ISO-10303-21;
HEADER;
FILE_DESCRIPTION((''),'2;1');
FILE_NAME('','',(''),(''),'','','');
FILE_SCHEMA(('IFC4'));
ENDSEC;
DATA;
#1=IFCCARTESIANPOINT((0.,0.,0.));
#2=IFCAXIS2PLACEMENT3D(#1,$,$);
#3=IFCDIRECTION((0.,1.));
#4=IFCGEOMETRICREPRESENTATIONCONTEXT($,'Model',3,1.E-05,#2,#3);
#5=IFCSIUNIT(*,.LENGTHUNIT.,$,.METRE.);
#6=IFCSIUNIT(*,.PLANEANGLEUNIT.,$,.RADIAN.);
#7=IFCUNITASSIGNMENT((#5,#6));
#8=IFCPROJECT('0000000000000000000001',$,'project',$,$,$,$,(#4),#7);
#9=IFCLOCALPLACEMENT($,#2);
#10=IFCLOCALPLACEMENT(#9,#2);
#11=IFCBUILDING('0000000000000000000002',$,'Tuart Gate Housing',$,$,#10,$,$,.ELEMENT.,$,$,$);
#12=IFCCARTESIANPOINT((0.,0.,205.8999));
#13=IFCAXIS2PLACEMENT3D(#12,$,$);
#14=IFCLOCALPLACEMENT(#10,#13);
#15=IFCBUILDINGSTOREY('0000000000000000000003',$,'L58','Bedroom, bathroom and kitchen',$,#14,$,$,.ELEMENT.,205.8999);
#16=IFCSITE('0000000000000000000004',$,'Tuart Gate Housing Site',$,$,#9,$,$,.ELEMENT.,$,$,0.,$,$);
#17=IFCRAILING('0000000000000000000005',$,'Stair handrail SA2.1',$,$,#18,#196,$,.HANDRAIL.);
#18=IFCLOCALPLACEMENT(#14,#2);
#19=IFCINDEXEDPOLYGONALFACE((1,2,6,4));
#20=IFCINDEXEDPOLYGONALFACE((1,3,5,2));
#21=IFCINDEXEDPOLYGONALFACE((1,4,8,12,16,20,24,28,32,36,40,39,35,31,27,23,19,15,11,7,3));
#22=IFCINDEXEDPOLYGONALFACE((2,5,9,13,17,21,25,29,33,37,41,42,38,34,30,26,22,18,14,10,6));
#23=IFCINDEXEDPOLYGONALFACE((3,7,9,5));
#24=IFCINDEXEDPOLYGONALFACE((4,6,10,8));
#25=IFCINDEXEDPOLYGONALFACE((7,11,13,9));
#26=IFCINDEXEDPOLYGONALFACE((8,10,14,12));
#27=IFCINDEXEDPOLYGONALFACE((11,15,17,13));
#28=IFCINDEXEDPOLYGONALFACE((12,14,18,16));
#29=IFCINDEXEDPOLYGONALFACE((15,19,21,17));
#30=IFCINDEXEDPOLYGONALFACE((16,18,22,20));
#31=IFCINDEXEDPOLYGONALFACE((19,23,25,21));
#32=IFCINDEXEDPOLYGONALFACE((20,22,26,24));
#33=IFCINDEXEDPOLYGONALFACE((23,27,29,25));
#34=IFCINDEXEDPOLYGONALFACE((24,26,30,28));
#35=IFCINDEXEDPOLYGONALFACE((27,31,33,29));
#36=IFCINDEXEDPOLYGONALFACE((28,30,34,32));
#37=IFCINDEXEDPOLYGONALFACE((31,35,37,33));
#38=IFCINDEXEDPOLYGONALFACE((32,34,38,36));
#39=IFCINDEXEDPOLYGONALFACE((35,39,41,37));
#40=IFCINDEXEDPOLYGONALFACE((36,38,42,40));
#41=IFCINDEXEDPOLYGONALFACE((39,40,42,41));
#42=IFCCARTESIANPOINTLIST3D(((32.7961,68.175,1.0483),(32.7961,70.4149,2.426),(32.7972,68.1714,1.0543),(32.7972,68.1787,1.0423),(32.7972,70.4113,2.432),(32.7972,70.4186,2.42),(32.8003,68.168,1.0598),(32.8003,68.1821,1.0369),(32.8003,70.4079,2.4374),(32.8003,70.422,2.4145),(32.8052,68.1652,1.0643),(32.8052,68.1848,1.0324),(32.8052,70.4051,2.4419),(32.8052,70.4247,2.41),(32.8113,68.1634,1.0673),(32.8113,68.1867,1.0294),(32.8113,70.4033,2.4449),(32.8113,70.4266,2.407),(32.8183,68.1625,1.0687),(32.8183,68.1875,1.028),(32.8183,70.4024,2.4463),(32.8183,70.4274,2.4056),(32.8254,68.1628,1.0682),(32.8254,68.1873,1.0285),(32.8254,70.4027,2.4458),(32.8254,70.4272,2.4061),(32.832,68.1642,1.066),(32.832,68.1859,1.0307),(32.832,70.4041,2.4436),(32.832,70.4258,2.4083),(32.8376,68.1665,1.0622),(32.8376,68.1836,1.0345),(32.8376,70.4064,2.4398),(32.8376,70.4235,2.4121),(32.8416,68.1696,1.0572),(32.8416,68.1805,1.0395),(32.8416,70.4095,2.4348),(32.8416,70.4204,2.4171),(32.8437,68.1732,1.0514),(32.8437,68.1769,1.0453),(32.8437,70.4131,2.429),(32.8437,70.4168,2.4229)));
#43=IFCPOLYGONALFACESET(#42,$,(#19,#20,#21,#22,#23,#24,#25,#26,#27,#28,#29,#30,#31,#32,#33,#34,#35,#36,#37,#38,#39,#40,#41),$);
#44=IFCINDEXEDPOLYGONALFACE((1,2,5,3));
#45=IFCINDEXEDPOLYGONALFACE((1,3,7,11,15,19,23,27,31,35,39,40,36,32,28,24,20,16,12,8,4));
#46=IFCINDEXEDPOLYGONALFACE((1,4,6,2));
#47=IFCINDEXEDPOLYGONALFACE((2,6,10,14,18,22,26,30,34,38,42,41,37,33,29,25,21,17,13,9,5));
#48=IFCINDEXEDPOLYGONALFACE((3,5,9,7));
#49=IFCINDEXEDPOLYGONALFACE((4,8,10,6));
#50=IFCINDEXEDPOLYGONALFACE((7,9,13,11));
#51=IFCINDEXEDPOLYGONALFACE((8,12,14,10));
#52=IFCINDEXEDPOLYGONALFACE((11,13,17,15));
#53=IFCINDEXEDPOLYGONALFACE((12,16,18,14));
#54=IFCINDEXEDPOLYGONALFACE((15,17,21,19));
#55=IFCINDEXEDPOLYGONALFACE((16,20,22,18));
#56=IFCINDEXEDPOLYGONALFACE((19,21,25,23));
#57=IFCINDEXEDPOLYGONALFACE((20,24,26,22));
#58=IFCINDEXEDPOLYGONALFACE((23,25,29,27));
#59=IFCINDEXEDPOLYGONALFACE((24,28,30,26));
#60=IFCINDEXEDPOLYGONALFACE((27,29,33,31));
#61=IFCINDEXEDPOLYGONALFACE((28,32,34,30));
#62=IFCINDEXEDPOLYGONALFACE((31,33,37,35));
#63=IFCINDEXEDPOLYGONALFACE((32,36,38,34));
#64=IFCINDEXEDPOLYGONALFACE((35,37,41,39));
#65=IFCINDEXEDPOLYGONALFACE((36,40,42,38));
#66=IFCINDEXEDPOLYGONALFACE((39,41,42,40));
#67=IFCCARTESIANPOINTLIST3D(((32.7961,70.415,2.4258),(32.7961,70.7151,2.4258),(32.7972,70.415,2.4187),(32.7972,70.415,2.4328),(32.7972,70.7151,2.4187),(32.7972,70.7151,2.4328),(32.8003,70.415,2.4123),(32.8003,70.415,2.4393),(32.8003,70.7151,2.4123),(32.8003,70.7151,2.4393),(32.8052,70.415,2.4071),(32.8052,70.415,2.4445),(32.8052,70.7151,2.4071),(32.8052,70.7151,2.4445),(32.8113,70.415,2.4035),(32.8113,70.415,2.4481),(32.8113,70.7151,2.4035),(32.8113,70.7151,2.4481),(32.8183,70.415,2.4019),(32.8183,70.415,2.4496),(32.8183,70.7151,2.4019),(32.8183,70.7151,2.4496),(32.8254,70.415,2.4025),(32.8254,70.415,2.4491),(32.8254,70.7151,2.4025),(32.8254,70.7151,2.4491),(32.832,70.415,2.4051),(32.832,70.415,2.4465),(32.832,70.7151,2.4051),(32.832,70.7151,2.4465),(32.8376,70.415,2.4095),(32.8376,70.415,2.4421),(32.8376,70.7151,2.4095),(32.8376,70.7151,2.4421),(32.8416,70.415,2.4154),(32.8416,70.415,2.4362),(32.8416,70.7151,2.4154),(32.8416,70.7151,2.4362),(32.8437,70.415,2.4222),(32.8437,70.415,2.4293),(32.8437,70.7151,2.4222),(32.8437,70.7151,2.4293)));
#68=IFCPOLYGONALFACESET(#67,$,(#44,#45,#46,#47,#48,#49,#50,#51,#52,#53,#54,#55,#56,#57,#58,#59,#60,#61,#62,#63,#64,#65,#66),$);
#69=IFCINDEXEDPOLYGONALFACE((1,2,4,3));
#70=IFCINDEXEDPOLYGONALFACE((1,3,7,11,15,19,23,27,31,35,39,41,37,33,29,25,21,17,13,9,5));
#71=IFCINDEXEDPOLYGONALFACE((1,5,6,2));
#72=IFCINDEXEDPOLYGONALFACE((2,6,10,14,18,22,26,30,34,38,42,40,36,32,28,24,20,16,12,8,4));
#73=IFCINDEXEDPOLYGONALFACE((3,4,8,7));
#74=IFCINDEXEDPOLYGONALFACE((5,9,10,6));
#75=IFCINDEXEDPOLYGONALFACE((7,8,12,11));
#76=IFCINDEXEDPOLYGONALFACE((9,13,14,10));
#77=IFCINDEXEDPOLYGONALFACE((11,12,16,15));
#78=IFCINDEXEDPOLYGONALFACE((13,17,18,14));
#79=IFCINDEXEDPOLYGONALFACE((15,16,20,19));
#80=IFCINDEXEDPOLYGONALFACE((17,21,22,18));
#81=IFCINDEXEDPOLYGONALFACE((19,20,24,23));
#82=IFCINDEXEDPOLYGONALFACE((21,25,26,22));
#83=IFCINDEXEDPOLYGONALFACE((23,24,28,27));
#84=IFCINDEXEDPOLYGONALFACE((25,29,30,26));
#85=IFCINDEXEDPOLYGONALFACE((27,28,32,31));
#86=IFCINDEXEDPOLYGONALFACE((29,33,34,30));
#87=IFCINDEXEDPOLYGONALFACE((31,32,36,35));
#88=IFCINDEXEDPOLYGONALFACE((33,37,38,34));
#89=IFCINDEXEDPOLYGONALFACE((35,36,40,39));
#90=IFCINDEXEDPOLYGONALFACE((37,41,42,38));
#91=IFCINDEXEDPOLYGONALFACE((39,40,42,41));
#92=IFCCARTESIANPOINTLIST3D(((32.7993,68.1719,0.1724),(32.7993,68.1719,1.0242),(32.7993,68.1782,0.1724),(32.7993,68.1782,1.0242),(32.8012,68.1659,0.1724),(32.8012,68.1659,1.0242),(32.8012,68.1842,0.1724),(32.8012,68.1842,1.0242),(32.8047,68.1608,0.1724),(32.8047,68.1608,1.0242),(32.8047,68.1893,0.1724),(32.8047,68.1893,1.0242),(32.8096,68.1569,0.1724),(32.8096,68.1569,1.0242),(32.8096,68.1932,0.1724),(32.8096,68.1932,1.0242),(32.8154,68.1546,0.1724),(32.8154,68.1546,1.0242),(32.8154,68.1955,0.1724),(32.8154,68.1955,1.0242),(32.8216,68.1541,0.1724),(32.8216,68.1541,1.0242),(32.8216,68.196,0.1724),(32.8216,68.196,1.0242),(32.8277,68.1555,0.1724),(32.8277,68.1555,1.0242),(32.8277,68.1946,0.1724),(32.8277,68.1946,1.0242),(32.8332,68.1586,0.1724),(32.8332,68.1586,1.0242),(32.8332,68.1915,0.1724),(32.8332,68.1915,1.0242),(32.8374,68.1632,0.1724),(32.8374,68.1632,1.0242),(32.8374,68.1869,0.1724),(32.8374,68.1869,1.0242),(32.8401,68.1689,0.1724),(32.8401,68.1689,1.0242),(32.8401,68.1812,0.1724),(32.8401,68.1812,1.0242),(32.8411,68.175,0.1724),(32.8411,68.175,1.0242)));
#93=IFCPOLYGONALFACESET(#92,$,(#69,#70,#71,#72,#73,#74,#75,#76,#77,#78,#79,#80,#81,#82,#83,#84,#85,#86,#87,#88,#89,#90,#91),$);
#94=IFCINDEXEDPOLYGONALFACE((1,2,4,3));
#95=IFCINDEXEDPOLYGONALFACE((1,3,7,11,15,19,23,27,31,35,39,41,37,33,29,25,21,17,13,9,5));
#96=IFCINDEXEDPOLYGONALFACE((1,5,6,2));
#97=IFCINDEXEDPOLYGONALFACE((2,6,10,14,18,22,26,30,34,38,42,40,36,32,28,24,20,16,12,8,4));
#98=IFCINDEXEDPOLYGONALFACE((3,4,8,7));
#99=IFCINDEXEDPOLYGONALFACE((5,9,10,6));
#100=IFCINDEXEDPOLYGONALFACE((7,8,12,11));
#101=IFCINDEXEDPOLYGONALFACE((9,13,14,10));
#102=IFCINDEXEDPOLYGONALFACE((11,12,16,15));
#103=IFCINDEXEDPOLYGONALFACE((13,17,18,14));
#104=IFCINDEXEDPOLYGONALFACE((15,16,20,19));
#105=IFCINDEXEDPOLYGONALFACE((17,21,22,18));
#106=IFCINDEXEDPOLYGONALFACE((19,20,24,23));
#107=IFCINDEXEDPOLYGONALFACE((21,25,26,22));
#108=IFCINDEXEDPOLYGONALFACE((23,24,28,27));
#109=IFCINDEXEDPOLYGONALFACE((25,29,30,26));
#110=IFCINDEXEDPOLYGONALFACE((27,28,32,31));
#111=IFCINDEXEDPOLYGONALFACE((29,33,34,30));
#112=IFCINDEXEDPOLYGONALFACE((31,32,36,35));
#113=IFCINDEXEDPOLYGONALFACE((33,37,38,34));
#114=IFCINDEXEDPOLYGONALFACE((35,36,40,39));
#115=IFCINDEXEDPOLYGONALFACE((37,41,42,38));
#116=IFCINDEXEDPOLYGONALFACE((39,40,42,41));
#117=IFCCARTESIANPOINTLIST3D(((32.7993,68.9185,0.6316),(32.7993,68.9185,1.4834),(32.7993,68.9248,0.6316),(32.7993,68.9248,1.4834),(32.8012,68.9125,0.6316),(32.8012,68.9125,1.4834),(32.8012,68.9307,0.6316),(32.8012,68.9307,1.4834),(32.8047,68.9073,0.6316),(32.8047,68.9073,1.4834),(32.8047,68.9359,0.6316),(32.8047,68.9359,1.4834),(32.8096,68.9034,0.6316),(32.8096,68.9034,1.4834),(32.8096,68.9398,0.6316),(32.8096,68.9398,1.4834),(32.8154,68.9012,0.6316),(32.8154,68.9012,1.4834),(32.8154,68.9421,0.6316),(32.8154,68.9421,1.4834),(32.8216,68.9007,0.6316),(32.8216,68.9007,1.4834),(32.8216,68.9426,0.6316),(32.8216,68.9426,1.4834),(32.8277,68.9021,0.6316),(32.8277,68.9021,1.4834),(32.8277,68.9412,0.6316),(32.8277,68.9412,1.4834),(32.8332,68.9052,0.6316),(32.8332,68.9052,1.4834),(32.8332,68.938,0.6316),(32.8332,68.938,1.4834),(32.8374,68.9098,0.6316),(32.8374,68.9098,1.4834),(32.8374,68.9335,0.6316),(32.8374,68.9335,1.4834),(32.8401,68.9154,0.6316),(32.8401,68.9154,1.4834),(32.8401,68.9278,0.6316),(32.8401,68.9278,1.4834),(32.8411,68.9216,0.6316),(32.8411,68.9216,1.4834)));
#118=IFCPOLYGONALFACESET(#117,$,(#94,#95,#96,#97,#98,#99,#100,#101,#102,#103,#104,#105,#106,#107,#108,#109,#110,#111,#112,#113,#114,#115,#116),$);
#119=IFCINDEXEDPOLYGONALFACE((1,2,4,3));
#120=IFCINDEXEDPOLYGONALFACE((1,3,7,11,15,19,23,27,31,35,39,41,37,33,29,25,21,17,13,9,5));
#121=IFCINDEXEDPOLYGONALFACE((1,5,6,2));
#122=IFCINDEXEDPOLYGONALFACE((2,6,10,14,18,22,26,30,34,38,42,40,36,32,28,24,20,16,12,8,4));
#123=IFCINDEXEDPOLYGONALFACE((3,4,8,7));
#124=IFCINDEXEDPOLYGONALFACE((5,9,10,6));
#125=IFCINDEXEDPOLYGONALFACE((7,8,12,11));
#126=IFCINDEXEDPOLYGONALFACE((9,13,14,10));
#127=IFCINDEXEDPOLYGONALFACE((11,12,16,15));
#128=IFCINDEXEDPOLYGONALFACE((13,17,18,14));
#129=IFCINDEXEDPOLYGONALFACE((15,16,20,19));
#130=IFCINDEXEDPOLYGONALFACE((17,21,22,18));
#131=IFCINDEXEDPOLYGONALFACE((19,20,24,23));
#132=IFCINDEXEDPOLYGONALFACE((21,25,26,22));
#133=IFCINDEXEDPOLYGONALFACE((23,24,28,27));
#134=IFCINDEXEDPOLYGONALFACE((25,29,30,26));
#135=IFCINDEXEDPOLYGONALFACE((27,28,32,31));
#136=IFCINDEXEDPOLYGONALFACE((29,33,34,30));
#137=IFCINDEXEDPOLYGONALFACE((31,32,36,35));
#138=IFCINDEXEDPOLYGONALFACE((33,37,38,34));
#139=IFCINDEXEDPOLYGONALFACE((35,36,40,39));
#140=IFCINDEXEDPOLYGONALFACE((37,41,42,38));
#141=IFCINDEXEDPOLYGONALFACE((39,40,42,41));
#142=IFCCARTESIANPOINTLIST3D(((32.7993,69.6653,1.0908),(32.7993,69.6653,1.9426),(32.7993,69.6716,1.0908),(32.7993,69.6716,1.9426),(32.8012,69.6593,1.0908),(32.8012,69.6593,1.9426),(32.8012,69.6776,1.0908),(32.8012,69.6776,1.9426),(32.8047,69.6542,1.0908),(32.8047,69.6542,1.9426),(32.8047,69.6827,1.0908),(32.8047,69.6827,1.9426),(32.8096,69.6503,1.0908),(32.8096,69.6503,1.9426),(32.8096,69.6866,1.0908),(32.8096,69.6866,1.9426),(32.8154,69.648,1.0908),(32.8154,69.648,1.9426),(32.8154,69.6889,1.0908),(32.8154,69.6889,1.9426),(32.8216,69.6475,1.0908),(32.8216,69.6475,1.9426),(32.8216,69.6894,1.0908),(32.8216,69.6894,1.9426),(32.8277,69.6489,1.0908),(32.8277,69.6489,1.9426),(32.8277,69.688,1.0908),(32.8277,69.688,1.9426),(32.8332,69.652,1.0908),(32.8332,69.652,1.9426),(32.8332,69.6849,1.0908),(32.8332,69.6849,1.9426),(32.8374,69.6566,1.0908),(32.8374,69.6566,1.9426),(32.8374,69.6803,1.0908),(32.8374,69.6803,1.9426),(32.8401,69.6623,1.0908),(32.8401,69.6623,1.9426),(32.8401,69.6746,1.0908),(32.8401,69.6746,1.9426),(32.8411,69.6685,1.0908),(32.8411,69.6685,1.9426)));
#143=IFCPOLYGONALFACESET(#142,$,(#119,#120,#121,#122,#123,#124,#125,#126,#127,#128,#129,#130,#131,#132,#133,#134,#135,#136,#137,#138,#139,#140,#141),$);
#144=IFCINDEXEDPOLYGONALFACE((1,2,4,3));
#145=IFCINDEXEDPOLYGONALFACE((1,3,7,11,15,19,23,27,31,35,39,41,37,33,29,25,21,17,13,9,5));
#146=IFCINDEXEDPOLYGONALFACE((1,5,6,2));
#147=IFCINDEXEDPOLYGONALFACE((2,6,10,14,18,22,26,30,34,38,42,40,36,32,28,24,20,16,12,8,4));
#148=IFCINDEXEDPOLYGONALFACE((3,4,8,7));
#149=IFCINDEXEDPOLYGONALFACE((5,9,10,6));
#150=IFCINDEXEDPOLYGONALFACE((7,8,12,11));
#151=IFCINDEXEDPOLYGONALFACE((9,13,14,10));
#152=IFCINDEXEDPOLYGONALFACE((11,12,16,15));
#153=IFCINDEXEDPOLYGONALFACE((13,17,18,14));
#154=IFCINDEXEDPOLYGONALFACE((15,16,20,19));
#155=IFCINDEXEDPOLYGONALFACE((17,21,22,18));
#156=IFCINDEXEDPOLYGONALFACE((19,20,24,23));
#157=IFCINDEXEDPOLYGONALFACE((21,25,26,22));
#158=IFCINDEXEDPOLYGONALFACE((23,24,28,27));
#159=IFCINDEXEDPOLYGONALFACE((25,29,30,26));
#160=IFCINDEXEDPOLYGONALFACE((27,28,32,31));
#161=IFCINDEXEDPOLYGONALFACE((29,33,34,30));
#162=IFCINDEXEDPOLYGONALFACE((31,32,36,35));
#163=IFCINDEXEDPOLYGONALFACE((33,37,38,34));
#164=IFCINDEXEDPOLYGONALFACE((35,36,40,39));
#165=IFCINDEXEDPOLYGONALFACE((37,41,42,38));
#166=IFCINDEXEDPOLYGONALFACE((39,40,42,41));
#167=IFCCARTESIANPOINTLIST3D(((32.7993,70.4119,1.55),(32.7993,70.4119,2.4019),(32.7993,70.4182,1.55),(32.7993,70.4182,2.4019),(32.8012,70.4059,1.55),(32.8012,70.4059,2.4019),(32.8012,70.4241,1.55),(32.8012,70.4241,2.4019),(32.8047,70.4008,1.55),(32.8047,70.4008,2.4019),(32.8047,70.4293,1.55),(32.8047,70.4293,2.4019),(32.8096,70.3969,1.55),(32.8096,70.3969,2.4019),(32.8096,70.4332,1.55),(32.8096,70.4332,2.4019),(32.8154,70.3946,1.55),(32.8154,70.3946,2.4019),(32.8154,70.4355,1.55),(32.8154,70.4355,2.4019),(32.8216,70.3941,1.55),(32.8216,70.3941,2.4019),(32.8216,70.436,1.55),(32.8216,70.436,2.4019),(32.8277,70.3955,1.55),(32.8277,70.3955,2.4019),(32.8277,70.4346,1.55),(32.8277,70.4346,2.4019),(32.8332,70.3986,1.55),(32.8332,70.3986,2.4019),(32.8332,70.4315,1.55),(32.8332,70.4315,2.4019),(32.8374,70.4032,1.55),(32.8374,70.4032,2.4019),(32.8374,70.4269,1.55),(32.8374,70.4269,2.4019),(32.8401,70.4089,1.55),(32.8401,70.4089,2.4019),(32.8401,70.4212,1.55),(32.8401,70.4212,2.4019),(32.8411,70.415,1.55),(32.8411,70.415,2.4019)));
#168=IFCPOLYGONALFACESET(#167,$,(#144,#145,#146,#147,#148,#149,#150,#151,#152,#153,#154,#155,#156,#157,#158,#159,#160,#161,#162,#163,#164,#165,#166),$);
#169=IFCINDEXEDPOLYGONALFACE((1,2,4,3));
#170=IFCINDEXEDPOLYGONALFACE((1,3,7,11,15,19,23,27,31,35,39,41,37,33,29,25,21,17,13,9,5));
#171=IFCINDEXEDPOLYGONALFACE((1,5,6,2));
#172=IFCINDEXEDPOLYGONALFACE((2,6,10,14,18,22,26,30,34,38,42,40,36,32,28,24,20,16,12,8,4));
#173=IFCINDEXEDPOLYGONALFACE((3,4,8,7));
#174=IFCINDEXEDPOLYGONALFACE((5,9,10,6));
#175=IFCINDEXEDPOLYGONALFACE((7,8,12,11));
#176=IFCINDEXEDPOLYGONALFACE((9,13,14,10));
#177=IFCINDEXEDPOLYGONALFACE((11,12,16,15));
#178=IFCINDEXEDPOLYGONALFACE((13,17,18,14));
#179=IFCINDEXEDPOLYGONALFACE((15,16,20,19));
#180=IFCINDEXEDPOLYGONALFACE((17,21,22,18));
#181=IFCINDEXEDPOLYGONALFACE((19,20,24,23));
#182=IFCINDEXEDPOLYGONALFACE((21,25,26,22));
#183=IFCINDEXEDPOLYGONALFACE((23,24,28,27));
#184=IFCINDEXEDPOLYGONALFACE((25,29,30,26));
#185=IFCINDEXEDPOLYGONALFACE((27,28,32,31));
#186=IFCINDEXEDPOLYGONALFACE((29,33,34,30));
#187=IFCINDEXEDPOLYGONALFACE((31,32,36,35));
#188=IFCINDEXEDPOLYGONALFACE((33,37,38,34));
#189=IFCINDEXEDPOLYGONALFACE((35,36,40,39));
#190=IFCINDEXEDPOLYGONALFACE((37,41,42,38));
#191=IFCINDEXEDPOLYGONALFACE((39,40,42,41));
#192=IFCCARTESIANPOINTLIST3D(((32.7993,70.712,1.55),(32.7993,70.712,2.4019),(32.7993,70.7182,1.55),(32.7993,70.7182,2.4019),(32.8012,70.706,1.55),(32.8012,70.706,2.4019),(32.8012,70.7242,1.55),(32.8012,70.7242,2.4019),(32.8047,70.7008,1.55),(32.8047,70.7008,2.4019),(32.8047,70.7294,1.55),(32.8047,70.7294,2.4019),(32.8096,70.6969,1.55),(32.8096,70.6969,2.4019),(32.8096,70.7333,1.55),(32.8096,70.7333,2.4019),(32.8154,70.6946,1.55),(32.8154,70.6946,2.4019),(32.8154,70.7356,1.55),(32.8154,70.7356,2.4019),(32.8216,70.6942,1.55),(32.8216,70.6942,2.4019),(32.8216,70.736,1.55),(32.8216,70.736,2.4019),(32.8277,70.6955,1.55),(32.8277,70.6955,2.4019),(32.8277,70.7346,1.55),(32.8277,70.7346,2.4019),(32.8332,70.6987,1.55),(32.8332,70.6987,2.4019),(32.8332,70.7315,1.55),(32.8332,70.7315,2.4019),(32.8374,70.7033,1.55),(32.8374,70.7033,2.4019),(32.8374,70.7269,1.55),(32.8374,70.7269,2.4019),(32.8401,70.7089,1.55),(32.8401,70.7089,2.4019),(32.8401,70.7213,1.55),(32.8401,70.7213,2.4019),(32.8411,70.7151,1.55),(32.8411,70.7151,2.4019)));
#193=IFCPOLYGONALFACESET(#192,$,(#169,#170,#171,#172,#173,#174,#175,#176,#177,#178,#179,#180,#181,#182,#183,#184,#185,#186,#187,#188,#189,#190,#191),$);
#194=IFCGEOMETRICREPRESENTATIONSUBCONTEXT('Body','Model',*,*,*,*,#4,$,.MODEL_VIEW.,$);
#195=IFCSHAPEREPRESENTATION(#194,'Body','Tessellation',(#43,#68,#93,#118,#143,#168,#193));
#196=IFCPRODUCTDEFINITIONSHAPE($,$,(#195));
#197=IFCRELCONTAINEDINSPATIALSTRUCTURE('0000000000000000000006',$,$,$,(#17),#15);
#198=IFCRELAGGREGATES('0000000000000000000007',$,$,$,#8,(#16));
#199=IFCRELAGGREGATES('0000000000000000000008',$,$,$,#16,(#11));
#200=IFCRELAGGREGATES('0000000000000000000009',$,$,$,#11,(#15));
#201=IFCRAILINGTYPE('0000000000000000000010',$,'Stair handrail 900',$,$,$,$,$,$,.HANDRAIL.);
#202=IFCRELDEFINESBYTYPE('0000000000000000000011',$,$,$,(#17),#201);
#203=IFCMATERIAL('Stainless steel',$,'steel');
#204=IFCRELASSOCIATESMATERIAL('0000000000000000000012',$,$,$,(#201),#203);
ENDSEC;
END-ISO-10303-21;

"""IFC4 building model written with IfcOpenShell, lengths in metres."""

from ifc_helpers import new_model, si_unit, direction, frame, origin, origin_2d, place, context, subcontext, project, spatial, circle, extrude, material, type_object, element, save


model = new_model("IFC4")

# Units and contexts
model_context = context("Model", 3, precision=1e-05, world=origin(), true_north=direction((0.0, 1.0)))
body_context = subcontext(model_context, "Body", "Model", "MODEL_VIEW")
ifc_project = project(units=[si_unit("LENGTHUNIT", "METRE"), si_unit("PLANEANGLEUNIT", "RADIAN")], contexts=[model_context])

# Site, building, storey
site_placement = place(None, origin())
site = spatial("IfcSite", under=ifc_project, at=site_placement, Name="Tuart Gate Housing Site", CompositionType="ELEMENT", RefElevation=0.0)
building_placement = place(site_placement, origin())
building = spatial("IfcBuilding", under=site, at=building_placement, Name="Tuart Gate Housing", CompositionType="ELEMENT")
storey_placement = place(building_placement, frame((0.0, 0.0, 205.8999)))
storey = spatial("IfcBuildingStorey", under=building, at=storey_placement, Name="L58", Description="Bedroom, bathroom and kitchen", CompositionType="ELEMENT", Elevation=205.8999)

# Railing
ifc_material_1 = material(Name="Stainless steel", Category="steel")
railing_type = type_object("IfcRailingType", Name="Stair handrail 900", PredefinedType="HANDRAIL", material=ifc_material_1)
railing_placement = place(storey_placement, frame((32.8201, 68.175, 0.1724)))
element("IfcRailing", 1, at=railing_placement, inside=storey, type_object=railing_type, Name="Stair handrail SA2.1", PredefinedType="HANDRAIL", context=body_context, shape_type="SweptSolid", body=[
    extrude(circle(Radius=0.0239, at=origin_2d()), frame((0.0, 0.0, 0.876), z_axis=(0.0, 0.851789, 0.523885), x_axis=(-1.0, 0.0, 0.0)), (0.0, 0.0, 1.0), 2.6296),
    extrude(circle(Radius=0.0239, at=origin_2d()), frame((0.0, 2.24, 2.2534), z_axis=(0.0, 1.0, 0.0), x_axis=(-1.0, 0.0, 0.0)), (0.0, 0.0, 1.0), 0.3),
    extrude(circle(Radius=0.021, at=origin_2d()), origin(), (0.0, 0.0, 1.0), 0.8518),
    extrude(circle(Radius=0.021, at=origin_2d()), frame((0.0, 0.7466, 0.4592)), (0.0, 0.0, 1.0), 0.8518),
    extrude(circle(Radius=0.021, at=origin_2d()), frame((0.0, 1.4934, 0.9185)), (0.0, 0.0, 1.0), 0.8518),
    extrude(circle(Radius=0.021, at=origin_2d()), frame((0.0, 2.24, 1.3777)), (0.0, 0.0, 1.0), 0.8518),
    extrude(circle(Radius=0.021, at=origin_2d()), frame((0.0, 2.54, 1.3777)), (0.0, 0.0, 1.0), 0.8518),
])

save(model, "model.ifc")
